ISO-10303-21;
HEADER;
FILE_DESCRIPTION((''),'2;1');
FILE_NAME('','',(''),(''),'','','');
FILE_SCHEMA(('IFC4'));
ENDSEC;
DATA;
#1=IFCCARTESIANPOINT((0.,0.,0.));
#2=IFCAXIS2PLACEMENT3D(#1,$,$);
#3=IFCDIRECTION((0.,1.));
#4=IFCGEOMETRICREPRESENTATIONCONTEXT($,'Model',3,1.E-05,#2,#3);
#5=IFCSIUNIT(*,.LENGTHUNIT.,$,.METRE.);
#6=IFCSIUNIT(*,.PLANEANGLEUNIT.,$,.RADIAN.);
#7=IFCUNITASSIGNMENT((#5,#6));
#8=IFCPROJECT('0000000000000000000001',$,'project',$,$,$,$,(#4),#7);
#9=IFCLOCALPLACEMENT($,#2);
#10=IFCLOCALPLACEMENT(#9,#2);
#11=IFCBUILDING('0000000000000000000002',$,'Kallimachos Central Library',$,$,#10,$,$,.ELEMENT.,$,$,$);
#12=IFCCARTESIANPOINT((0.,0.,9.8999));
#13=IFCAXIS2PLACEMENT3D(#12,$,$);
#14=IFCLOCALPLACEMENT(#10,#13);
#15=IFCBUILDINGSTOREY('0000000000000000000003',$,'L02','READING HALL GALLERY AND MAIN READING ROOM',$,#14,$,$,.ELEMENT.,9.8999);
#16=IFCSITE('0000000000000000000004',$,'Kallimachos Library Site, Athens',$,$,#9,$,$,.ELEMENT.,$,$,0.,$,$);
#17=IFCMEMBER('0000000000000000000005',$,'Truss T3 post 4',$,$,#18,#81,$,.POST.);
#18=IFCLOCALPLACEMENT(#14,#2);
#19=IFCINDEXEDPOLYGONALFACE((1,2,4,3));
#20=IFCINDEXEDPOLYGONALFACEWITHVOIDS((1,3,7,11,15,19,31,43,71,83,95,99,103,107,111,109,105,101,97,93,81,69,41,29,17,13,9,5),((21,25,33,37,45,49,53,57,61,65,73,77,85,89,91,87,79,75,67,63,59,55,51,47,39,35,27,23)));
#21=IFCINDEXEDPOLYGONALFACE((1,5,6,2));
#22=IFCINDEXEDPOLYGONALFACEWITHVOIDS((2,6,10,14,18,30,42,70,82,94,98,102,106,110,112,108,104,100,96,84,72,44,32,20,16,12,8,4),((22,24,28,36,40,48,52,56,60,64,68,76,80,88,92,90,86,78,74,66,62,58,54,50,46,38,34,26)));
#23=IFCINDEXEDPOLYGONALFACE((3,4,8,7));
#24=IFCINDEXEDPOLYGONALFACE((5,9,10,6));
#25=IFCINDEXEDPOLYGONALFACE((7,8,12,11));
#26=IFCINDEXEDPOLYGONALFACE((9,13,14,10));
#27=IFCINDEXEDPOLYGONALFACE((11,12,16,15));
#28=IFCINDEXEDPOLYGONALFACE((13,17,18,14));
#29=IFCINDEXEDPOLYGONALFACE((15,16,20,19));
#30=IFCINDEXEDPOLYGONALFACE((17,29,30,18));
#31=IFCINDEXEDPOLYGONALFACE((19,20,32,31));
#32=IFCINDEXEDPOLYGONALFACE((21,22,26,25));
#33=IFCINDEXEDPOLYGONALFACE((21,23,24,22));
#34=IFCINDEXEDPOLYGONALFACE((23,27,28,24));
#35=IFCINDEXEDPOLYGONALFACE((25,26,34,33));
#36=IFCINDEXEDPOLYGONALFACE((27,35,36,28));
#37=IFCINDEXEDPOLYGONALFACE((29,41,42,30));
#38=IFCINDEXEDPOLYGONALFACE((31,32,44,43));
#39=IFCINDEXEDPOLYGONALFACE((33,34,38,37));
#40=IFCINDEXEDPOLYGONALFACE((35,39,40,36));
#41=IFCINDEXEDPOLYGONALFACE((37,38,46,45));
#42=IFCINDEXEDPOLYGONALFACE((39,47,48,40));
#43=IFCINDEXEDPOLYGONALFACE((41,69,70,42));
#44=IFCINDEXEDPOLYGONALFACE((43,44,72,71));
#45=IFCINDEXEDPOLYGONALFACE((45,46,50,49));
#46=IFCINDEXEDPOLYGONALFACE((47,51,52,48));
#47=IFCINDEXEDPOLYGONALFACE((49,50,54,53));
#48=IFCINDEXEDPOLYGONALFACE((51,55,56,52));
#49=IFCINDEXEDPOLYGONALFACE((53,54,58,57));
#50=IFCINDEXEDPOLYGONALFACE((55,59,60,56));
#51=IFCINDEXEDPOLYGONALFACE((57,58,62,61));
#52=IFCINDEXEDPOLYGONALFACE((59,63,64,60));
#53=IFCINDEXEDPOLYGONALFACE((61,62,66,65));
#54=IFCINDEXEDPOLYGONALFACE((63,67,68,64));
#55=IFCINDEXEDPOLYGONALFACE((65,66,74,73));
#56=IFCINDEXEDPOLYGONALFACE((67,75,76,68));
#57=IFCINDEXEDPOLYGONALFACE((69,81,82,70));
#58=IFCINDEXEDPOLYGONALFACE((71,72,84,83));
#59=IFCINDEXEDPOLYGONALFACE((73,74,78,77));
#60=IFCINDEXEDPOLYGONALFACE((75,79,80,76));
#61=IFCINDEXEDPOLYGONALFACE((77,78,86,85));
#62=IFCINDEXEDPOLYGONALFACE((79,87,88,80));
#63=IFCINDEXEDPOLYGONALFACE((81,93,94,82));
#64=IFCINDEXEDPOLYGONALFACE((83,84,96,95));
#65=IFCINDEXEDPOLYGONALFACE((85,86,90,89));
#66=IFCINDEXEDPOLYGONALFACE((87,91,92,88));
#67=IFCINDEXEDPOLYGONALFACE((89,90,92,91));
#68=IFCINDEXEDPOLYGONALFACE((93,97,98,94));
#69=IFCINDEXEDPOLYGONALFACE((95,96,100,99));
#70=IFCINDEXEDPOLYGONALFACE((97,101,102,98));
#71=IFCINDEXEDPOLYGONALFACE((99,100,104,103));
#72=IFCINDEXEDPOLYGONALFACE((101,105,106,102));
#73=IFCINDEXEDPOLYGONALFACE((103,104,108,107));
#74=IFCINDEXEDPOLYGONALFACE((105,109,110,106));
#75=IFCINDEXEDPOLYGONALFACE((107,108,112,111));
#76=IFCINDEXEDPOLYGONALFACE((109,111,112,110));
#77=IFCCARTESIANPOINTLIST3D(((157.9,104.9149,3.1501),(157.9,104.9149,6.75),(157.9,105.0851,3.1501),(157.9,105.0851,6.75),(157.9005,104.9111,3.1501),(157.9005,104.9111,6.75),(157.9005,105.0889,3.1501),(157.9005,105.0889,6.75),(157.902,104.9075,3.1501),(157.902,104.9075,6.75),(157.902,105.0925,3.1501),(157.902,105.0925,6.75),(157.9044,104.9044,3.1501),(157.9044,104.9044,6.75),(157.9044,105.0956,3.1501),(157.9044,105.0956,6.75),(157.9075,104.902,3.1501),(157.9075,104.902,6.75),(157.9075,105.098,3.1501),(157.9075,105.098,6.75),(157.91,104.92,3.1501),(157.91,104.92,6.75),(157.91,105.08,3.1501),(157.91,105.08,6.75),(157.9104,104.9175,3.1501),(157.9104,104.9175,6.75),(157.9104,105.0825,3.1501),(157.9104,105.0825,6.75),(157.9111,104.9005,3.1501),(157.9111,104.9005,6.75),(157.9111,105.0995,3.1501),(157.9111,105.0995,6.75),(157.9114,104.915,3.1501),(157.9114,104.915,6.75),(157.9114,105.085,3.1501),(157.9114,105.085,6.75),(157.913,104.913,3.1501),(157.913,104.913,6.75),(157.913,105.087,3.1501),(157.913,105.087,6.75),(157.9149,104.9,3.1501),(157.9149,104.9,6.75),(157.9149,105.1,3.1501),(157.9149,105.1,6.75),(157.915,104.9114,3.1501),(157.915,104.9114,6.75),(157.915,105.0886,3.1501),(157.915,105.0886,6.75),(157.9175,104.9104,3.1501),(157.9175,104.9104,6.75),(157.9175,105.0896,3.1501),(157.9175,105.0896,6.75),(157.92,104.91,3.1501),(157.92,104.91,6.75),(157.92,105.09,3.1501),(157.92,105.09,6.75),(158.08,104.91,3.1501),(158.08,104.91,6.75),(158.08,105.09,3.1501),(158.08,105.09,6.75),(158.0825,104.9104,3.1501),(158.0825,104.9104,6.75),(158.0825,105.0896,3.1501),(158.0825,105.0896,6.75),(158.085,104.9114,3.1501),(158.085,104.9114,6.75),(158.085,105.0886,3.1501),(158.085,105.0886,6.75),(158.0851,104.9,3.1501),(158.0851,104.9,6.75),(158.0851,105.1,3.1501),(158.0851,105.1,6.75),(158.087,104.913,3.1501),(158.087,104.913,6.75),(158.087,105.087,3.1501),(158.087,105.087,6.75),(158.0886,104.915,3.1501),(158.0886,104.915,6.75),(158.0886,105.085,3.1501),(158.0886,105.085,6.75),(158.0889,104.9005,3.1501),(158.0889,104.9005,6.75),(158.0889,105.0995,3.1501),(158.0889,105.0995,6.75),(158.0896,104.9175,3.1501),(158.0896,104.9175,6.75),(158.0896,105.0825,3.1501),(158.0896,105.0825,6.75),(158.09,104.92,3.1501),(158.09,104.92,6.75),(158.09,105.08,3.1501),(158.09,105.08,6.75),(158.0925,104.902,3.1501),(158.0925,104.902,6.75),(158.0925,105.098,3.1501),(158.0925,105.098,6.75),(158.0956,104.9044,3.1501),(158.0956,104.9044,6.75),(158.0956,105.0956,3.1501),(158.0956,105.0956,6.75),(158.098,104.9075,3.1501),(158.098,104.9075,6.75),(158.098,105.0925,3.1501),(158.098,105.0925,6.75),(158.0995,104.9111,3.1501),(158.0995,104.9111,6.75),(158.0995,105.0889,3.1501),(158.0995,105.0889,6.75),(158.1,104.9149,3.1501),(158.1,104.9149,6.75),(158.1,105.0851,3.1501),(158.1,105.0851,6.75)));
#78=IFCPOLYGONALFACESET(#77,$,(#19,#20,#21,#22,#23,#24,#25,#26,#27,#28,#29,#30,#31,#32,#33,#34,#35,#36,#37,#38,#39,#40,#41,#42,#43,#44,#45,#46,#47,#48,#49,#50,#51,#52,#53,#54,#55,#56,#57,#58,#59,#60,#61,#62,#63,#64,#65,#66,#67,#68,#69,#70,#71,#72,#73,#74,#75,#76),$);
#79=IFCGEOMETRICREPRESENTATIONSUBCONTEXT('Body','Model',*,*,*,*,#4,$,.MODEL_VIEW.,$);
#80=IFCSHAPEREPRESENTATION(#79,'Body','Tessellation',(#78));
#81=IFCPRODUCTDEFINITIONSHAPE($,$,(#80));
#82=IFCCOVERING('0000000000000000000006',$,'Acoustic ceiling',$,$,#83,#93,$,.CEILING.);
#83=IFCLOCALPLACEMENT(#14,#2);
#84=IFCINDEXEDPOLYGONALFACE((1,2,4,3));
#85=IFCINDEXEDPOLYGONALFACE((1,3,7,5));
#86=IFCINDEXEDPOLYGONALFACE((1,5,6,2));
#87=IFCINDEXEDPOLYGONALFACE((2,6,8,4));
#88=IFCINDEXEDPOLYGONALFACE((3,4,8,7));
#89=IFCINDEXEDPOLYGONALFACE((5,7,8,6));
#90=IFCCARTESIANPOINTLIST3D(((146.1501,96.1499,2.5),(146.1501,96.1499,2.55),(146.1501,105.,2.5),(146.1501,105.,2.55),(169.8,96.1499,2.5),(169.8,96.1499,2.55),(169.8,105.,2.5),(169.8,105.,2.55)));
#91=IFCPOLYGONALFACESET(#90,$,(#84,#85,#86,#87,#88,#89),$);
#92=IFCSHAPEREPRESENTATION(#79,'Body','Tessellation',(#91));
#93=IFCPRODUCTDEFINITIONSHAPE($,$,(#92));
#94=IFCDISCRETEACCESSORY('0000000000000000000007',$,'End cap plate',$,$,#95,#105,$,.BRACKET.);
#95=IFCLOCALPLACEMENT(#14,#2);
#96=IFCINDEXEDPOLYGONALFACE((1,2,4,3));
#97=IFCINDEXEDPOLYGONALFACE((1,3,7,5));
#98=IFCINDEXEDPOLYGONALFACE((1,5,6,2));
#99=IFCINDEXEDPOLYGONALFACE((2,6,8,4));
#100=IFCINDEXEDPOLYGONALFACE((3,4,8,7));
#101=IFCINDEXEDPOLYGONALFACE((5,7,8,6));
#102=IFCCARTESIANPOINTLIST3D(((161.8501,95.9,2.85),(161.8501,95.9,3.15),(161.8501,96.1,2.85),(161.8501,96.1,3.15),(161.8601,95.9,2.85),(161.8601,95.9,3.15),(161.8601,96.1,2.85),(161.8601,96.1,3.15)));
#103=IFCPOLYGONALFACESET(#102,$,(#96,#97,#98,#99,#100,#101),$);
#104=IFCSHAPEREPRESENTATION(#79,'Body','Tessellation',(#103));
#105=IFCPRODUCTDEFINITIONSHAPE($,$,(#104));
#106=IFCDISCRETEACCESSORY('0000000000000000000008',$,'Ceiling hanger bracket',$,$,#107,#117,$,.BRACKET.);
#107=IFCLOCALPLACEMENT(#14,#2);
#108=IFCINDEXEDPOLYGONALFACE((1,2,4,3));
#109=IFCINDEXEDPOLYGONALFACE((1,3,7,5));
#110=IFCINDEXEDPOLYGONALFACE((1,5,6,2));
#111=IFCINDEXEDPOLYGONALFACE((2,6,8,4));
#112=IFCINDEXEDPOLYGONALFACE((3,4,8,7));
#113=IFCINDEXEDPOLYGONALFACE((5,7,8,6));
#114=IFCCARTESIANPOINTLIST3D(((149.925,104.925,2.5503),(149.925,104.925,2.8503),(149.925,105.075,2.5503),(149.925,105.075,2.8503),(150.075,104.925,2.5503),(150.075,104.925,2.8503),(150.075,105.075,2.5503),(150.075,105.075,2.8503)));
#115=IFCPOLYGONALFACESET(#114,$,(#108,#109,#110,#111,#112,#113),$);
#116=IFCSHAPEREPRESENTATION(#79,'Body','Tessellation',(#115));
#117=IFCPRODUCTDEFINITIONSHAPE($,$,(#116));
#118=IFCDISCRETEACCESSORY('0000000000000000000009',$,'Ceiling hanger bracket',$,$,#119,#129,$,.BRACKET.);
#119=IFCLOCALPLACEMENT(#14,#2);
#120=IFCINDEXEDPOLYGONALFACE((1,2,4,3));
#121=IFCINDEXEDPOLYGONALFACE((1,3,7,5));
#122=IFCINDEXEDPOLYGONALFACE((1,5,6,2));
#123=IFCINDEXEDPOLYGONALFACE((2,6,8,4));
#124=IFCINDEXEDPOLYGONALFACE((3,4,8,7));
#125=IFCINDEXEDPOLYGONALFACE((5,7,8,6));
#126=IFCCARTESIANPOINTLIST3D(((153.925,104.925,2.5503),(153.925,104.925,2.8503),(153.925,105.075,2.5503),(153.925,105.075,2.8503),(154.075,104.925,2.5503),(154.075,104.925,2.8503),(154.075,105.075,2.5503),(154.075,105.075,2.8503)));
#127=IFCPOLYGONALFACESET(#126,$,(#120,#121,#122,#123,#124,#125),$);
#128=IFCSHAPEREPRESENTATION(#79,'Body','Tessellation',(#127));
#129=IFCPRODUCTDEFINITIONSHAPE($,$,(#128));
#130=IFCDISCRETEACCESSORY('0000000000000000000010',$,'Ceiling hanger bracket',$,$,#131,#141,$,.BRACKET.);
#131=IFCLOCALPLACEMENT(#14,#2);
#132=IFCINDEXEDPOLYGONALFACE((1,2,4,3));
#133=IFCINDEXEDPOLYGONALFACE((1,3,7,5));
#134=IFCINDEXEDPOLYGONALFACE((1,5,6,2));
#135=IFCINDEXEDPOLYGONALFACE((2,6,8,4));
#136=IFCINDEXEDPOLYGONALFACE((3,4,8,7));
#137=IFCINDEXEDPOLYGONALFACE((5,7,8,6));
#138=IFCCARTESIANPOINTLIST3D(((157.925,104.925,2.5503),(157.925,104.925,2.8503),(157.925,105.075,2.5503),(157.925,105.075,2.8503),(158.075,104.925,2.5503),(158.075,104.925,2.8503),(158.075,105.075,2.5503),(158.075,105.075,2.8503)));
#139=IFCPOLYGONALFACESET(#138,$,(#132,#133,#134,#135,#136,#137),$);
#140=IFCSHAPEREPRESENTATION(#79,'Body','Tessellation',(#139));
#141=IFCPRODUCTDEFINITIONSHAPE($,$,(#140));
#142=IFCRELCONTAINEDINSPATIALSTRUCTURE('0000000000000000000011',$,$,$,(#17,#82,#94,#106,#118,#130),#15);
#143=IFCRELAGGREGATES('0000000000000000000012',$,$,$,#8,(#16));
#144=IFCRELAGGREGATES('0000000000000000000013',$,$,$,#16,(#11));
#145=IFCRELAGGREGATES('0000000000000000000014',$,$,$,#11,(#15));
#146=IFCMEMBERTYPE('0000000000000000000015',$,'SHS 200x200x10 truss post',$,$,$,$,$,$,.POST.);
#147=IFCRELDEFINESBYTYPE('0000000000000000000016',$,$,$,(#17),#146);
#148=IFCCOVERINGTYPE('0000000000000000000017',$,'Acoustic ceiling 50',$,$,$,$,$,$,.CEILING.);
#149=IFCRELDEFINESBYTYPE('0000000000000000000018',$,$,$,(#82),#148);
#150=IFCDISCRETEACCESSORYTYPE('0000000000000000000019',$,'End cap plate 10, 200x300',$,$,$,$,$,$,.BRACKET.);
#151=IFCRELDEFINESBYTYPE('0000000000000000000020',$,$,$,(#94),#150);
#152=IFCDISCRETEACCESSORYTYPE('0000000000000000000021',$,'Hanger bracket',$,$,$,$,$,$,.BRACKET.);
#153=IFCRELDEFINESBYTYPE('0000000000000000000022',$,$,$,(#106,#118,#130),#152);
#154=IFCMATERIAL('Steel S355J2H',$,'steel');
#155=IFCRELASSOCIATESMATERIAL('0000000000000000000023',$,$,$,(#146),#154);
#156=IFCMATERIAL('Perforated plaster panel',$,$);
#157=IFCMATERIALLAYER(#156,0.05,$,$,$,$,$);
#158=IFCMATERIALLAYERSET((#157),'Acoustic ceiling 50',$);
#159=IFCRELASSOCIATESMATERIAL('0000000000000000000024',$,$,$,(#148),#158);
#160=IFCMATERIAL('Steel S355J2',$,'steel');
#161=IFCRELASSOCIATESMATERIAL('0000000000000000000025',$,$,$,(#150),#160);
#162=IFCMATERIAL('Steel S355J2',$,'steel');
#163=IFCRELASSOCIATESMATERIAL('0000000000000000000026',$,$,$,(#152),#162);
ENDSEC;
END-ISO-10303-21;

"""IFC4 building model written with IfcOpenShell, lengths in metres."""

from ifc_helpers import new_model, si_unit, direction, frame, origin, origin_2d, place, context, subcontext, project, spatial, rectangle, hollow_rectangle, extrude, material, layer, layer_set, material_profile, profile_set, type_object, element, save


model = new_model("IFC4")

# Units and contexts
model_context = context("Model", 3, precision=1e-05, world=origin(), true_north=direction((0.0, 1.0)))
body_context = subcontext(model_context, "Body", "Model", "MODEL_VIEW")
ifc_project = project(units=[si_unit("LENGTHUNIT", "METRE"), si_unit("PLANEANGLEUNIT", "RADIAN")], contexts=[model_context])

# Site, building, storey
site_placement = place(None, origin())
site = spatial("IfcSite", under=ifc_project, at=site_placement, Name="Kallimachos Library Site, Athens", CompositionType="ELEMENT", RefElevation=0.0)
building_placement = place(site_placement, origin())
building = spatial("IfcBuilding", under=site, at=building_placement, Name="Kallimachos Central Library", CompositionType="ELEMENT")
storey_placement = place(building_placement, frame((0.0, 0.0, 9.8999)))
storey = spatial("IfcBuildingStorey", under=building, at=storey_placement, Name="L02", Description="READING HALL GALLERY AND MAIN READING ROOM", CompositionType="ELEMENT", Elevation=9.8999)

# Member
ifc_material_1 = material(Name="Steel S355J2H", Category="steel")
ifc_material_profile_1 = material_profile(ifc_material_1, hollow_rectangle(XDim=0.2, YDim=0.2, WallThickness=0.01, InnerFilletRadius=0.01, OuterFilletRadius=0.0149, at=origin_2d()), Name="SHS 200x200x10")
ifc_profile_set_1 = profile_set([ifc_material_profile_1], Name="Steel S355J2H")
member_type_1 = type_object("IfcMemberType", Name="SHS 200x200x10 truss post", PredefinedType="POST", material=ifc_profile_set_1)
member_1_placement = place(storey_placement, frame((158.0, 105.0, 3.1501), z_axis=(0.0, 0.0, 1.0), x_axis=(1.0, 0.0, 0.0)))
element("IfcMember", 1, at=member_1_placement, inside=storey, type_object=member_type_1, Name="Truss T3 post 4", PredefinedType="POST", context=body_context, shape_type="SweptSolid", body=[
    extrude(hollow_rectangle(XDim=0.2, YDim=0.2, WallThickness=0.01, InnerFilletRadius=0.01, OuterFilletRadius=0.0149, at=origin_2d()), origin(), (0.0, 0.0, 1.0), 3.5999),
])

# Covering
ifc_material_2 = material(Name="Perforated plaster panel")
ifc_layer = layer(ifc_material_2, 0.05)
ifc_layer_set = layer_set([ifc_layer], Name="Acoustic ceiling 50")
covering_type = type_object("IfcCoveringType", Name="Acoustic ceiling 50", PredefinedType="CEILING", material=ifc_layer_set)
covering_placement = place(storey_placement, frame((157.9751, 100.575, 2.5), z_axis=(0.0, 0.0, 1.0), x_axis=(1.0, 0.0, 0.0)))
element("IfcCovering", 2, at=covering_placement, inside=storey, type_object=covering_type, Name="Acoustic ceiling", PredefinedType="CEILING", context=body_context, shape_type="SweptSolid", body=[
    extrude(rectangle(XDim=23.6499, YDim=8.8501, at=origin_2d()), origin(), (0.0, 0.0, 1.0), 0.05),
])

# Discrete accessories
ifc_material_3 = material(Name="Steel S355J2", Category="steel")
ifc_material_profile_2 = material_profile(ifc_material_3, rectangle(XDim=0.2, YDim=0.3, at=origin_2d()), Name="End cap plate 10, 200x300")
ifc_profile_set_2 = profile_set([ifc_material_profile_2], Name="Steel S355J2")
discrete_accessory_type_1 = type_object("IfcDiscreteAccessoryType", Name="End cap plate 10, 200x300", PredefinedType="BRACKET", material=ifc_profile_set_2)
discrete_accessory_placement = place(storey_placement, frame((161.8501, 96.0, 3.0), z_axis=(1.0, 0.0, 0.0), x_axis=(0.0, 1.0, 0.0)))
element("IfcDiscreteAccessory", 3, at=discrete_accessory_placement, inside=storey, type_object=discrete_accessory_type_1, Name="End cap plate", PredefinedType="BRACKET", context=body_context, shape_type="SweptSolid", body=[
    extrude(rectangle(XDim=0.2, YDim=0.3, at=origin_2d()), origin(), (0.0, 0.0, 1.0), 0.01),
])
ifc_material_4 = material(Name="Steel S355J2", Category="steel")
discrete_accessory_type_2 = type_object("IfcDiscreteAccessoryType", Name="Hanger bracket", PredefinedType="BRACKET", material=ifc_material_4)
for number, where, z_axis, x_axis, name in (
    (4, (150.0, 105.0, 2.5503), (0.0, 0.0, 1.0), (1.0, 0.0, 0.0), "Ceiling hanger bracket"),
    (5, (154.0, 105.0, 2.5503), (0.0, 0.0, 1.0), (1.0, 0.0, 0.0), "Ceiling hanger bracket"),
    (6, (158.0, 105.0, 2.5503), (0.0, 0.0, 1.0), (1.0, 0.0, 0.0), "Ceiling hanger bracket"),
):
    element("IfcDiscreteAccessory", number, at=place(storey_placement, frame(where, z_axis=z_axis, x_axis=x_axis)), inside=storey, type_object=discrete_accessory_type_2, Name=name, PredefinedType="BRACKET", context=body_context, shape_type="SweptSolid", body=[
        extrude(rectangle(XDim=0.1499, YDim=0.1499, at=origin_2d()), origin(), (0.0, 0.0, 1.0), 0.3),
    ])

save(model, "model.ifc")
